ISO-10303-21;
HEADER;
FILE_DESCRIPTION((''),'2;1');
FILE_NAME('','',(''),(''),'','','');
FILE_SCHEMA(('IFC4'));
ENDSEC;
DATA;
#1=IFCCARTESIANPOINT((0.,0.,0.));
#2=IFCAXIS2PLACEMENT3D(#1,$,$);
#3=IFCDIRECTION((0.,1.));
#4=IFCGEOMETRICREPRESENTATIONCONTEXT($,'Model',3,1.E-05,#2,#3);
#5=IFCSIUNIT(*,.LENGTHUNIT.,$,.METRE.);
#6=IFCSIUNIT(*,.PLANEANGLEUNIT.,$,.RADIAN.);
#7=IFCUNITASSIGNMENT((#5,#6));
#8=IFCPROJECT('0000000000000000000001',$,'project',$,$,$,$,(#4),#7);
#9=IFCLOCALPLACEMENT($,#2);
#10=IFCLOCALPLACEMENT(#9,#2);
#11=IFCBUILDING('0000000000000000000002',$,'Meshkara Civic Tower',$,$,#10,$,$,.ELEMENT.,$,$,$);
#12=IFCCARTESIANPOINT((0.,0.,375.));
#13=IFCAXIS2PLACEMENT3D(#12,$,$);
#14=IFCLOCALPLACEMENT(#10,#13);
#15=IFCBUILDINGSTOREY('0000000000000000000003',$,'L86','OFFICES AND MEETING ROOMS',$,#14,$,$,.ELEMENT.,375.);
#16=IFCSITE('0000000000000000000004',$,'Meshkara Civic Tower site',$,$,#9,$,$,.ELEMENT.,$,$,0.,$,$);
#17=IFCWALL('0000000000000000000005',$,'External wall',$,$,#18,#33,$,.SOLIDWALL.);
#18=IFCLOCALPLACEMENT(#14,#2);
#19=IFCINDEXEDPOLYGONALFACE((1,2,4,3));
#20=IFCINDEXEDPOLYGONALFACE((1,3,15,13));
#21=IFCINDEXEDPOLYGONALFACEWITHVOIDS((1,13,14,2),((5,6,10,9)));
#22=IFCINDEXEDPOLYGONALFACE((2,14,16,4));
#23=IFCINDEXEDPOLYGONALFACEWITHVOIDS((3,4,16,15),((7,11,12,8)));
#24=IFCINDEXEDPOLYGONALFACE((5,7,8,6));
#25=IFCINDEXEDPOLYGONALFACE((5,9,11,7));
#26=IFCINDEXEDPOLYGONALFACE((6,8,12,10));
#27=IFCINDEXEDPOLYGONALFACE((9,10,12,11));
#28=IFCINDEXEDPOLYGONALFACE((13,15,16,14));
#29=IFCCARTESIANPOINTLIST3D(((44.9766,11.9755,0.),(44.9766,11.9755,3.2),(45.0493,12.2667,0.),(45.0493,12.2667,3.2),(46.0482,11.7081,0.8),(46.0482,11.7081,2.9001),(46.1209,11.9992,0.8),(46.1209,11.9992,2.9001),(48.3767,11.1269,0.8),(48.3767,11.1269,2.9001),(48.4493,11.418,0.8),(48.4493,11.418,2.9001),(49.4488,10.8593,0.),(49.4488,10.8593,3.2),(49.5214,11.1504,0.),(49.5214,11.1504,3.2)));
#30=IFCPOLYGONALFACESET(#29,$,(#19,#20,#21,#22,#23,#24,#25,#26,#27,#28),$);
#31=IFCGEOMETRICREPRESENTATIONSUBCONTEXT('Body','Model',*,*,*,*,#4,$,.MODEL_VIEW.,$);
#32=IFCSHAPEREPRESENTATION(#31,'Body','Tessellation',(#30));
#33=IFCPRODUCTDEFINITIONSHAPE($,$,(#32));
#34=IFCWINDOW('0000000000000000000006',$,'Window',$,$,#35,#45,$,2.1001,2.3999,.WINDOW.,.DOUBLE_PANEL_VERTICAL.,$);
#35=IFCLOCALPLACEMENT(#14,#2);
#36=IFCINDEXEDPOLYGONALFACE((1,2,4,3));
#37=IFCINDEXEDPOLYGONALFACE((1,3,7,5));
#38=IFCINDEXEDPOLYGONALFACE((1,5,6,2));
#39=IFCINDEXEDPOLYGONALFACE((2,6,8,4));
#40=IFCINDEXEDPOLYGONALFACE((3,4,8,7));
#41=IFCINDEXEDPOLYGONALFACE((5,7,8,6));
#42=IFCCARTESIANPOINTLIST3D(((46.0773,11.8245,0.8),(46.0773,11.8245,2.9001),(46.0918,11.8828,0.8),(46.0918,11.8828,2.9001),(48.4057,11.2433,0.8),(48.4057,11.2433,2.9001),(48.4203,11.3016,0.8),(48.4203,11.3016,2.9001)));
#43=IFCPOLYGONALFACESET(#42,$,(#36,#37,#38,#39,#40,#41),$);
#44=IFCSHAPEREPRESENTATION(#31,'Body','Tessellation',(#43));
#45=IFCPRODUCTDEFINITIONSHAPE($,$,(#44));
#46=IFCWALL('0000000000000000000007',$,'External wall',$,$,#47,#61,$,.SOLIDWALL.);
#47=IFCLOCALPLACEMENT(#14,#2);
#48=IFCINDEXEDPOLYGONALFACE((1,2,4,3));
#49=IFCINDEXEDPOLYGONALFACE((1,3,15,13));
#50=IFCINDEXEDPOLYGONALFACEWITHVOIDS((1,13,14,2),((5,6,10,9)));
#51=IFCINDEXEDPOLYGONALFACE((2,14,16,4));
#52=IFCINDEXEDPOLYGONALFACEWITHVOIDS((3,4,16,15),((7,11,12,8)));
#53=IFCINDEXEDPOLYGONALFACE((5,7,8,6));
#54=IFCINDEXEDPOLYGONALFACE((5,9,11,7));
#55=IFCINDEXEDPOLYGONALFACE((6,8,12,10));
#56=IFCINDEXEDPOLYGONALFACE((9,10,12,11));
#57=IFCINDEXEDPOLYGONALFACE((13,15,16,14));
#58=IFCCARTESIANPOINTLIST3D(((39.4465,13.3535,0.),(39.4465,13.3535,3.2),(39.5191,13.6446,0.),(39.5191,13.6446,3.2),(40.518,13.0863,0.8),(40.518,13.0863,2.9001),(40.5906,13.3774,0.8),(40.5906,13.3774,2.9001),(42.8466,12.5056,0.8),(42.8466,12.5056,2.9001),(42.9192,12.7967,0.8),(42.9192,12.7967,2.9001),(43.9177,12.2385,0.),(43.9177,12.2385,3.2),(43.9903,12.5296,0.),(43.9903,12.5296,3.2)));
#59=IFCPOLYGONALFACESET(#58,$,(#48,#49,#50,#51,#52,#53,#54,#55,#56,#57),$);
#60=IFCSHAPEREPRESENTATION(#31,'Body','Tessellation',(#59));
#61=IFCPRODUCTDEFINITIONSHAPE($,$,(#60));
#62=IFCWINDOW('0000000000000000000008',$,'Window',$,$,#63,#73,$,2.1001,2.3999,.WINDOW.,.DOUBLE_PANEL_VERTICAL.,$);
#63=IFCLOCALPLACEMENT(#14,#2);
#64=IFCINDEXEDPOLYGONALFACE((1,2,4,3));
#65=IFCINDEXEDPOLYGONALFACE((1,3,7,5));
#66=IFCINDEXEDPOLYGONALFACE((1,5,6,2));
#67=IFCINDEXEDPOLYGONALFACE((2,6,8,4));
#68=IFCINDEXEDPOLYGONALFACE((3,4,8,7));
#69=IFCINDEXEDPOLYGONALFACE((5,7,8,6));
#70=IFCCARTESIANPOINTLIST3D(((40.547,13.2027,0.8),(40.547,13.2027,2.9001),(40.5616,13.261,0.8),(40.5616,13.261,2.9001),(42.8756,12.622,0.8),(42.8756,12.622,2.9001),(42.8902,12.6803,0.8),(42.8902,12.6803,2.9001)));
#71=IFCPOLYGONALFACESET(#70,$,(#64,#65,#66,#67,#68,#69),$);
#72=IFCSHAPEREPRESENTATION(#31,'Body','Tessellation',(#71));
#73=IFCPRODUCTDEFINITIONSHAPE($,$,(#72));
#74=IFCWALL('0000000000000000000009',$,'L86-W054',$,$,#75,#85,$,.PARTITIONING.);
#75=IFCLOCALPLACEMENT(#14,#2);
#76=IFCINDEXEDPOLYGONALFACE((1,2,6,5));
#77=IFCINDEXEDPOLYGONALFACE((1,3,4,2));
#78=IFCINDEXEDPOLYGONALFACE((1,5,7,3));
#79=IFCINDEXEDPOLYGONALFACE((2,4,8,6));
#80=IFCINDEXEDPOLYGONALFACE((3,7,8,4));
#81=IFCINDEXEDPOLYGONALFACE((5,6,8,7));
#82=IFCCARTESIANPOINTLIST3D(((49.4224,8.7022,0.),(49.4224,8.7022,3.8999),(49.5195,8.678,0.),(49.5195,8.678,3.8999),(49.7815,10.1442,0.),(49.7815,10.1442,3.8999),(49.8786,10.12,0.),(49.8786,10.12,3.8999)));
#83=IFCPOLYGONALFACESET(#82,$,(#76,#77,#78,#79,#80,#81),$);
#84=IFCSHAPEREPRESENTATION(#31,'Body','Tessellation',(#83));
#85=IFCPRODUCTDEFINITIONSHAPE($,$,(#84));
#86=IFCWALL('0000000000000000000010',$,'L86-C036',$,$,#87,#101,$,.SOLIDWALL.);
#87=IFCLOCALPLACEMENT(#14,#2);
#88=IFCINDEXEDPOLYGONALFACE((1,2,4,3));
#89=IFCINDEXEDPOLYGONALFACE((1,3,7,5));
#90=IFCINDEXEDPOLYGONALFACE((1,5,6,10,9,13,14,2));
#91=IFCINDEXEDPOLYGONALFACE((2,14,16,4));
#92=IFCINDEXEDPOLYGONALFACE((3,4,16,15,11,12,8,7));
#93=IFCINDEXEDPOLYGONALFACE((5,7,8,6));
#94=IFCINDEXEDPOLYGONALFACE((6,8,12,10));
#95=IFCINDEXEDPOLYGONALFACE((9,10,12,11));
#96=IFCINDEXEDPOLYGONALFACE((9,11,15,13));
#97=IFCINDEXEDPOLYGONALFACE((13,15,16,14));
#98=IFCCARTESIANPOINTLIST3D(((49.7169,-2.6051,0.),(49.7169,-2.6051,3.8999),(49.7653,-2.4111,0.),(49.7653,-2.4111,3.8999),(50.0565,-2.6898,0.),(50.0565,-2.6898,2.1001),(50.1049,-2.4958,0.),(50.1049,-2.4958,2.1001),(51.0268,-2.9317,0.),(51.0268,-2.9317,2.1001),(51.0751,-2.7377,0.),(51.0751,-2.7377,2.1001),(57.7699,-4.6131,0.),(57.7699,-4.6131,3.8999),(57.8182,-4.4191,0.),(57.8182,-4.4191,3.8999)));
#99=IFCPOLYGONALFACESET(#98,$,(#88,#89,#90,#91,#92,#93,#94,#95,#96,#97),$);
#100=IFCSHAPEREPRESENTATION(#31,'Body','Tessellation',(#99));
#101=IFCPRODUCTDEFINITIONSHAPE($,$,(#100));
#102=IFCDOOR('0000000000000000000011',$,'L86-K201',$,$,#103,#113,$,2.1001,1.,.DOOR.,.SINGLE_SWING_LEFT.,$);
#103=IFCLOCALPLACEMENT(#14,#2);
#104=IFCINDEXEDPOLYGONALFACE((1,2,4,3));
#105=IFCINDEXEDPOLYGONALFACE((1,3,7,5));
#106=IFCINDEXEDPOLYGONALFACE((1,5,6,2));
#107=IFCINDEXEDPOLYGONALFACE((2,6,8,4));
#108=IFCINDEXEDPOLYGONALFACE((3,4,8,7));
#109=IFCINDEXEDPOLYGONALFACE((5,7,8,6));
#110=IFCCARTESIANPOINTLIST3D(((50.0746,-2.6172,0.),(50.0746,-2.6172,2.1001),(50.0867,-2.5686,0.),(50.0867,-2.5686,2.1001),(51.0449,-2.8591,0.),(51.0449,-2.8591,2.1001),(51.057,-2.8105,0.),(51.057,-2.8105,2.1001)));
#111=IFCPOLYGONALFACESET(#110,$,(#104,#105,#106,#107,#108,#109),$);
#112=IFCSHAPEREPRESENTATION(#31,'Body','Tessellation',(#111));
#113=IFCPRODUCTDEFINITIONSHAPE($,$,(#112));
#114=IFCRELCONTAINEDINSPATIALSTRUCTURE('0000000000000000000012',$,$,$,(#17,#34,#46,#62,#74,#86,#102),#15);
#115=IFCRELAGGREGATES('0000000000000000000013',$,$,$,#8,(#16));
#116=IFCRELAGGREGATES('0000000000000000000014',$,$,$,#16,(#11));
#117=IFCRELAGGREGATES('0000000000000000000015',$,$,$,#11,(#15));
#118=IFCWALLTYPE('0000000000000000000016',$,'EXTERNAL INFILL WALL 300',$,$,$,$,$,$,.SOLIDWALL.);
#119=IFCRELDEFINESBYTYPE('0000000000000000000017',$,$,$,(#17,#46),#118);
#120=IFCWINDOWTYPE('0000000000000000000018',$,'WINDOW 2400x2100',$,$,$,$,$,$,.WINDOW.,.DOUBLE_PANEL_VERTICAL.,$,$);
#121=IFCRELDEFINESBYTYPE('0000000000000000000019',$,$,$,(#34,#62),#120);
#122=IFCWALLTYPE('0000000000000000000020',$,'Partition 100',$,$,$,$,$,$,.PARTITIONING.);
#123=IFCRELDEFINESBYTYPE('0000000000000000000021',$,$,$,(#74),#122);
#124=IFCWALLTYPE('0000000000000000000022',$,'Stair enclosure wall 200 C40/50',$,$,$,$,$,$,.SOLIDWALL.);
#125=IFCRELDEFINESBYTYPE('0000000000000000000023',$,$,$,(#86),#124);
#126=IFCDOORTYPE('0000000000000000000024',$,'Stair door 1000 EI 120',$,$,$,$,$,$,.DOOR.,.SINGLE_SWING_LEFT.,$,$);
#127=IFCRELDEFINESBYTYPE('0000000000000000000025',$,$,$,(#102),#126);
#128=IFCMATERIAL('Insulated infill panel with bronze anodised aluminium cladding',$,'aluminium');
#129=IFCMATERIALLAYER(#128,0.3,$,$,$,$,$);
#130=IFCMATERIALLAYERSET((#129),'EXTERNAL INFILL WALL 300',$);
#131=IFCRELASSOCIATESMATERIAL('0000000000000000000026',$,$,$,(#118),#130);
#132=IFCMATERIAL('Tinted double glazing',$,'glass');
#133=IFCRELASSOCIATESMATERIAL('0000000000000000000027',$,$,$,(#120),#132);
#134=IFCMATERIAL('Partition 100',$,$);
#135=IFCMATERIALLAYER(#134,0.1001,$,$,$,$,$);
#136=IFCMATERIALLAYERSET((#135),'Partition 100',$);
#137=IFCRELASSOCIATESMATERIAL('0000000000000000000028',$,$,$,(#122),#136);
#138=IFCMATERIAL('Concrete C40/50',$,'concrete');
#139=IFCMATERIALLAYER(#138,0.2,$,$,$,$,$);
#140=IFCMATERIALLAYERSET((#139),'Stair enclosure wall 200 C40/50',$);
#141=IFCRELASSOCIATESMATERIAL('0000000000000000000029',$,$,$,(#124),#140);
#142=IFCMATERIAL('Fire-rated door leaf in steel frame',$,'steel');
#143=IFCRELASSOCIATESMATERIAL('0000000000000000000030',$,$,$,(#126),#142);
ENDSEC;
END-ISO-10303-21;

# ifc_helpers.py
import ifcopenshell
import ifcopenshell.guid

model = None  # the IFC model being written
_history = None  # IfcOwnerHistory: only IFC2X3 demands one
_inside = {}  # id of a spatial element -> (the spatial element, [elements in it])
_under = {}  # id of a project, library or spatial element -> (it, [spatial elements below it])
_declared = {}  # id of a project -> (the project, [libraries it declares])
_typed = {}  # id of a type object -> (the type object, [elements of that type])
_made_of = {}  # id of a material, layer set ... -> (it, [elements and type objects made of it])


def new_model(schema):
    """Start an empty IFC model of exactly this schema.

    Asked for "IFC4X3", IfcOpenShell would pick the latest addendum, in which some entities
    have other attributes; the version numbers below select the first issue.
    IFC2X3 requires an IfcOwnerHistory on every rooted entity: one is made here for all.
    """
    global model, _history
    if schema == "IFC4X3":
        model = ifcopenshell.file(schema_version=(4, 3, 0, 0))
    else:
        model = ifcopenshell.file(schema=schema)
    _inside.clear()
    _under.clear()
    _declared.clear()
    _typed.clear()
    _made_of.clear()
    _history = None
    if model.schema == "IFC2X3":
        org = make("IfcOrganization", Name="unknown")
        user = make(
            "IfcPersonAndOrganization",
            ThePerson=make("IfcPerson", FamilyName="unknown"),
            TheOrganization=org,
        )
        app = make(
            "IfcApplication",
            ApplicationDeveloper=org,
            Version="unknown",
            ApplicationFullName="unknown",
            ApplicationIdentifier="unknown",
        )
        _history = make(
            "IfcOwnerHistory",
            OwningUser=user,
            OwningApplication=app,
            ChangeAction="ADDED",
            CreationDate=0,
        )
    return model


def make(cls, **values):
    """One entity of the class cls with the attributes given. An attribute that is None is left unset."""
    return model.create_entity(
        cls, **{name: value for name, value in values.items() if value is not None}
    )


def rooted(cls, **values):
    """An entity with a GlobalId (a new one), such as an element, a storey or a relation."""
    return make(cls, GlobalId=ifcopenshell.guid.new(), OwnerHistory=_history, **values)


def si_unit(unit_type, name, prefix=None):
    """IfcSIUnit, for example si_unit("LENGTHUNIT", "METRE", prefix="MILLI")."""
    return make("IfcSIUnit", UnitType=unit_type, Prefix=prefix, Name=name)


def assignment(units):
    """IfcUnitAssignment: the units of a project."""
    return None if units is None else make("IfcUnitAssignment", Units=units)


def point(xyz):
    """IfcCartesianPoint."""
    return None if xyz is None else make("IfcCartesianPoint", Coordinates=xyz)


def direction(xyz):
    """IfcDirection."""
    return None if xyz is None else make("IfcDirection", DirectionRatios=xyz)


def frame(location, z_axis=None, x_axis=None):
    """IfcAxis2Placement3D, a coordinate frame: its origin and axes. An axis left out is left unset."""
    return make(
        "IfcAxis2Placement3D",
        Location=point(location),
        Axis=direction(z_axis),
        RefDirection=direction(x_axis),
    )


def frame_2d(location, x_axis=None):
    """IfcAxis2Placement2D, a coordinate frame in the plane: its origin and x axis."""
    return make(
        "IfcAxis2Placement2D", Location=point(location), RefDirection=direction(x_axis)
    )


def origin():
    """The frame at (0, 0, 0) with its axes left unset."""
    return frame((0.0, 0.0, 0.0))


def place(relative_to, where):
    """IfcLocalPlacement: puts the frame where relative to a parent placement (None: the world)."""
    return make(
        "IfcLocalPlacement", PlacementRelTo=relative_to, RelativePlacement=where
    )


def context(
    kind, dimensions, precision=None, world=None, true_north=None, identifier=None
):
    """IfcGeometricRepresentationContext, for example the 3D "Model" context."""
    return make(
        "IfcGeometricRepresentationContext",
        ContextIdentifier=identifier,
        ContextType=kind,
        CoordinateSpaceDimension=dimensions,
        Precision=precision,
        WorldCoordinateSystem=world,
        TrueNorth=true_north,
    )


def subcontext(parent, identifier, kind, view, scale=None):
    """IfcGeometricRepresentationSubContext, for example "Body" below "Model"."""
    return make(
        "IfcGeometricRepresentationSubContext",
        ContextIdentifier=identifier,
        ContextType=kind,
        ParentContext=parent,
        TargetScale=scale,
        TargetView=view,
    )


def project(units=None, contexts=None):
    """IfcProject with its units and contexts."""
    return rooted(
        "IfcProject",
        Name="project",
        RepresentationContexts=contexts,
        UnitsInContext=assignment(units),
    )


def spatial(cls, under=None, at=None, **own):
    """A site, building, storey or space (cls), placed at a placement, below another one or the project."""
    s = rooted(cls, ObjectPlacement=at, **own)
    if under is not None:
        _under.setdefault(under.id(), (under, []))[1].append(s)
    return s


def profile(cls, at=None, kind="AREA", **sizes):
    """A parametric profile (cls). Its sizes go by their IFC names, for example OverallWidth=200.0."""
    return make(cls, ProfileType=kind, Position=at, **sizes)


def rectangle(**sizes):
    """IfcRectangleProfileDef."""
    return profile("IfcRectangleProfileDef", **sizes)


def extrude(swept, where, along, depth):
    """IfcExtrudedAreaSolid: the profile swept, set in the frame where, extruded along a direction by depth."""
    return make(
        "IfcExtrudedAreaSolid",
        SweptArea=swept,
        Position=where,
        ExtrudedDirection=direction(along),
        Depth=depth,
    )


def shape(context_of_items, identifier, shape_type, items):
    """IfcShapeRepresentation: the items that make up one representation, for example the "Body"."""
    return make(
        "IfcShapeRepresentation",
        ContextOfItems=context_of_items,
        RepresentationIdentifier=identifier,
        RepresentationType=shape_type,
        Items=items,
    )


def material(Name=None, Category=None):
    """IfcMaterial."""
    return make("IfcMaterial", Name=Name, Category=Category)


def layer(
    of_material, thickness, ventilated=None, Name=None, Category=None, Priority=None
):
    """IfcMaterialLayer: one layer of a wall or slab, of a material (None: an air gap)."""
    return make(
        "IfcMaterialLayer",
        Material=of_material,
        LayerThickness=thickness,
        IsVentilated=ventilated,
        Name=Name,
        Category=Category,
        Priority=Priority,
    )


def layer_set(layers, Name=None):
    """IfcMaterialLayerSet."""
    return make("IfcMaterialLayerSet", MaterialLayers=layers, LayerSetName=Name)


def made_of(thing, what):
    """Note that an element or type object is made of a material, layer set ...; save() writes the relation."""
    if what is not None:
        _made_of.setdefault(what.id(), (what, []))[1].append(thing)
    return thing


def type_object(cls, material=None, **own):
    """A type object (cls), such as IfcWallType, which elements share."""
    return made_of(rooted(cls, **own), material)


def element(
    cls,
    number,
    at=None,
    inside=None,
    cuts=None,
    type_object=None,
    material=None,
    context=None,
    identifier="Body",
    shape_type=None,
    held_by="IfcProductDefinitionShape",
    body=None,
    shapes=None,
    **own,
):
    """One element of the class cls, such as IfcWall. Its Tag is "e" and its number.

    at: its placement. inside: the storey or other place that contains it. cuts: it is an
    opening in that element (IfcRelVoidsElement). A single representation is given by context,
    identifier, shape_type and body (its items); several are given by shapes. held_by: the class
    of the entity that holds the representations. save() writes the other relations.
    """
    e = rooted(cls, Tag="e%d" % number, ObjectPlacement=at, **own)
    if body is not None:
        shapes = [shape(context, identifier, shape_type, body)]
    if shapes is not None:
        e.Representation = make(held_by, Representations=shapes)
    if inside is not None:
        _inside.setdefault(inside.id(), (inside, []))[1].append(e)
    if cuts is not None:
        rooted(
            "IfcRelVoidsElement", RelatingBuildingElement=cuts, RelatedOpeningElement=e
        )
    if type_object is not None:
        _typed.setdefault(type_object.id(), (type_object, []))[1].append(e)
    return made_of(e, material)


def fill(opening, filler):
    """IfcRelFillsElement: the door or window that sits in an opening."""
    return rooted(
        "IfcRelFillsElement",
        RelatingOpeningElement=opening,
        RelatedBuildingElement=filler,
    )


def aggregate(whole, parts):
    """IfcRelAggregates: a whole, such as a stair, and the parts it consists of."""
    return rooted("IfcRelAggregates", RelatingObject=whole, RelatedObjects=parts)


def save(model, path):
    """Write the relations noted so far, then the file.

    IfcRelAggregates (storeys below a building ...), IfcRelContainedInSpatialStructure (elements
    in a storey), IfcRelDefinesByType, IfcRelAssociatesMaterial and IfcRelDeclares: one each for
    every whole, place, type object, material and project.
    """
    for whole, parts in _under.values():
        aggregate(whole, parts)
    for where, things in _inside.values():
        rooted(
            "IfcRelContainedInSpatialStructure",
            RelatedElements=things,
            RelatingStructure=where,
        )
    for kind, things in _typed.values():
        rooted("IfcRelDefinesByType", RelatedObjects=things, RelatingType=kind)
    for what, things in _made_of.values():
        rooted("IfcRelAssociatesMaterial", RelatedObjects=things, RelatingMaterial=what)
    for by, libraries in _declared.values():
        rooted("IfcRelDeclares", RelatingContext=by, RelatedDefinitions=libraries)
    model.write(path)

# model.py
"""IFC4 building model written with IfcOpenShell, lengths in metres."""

from ifc_helpers import new_model, si_unit, direction, frame, frame_2d, origin, place, context, subcontext, project, spatial, rectangle, extrude, material, layer, layer_set, type_object, element, fill, save


model = new_model("IFC4")

# Units and contexts
model_context = context("Model", 3, precision=1e-05, world=origin(), true_north=direction((0.0, 1.0)))
body_context = subcontext(model_context, "Body", "Model", "MODEL_VIEW")
ifc_project = project(units=[si_unit("LENGTHUNIT", "METRE"), si_unit("PLANEANGLEUNIT", "RADIAN")], contexts=[model_context])

# Site, building, storey
site_placement = place(None, origin())
site = spatial("IfcSite", under=ifc_project, at=site_placement, Name="Meshkara Civic Tower site", CompositionType="ELEMENT", RefElevation=0.0)
building_placement = place(site_placement, origin())
building = spatial("IfcBuilding", under=site, at=building_placement, Name="Meshkara Civic Tower", CompositionType="ELEMENT")
storey_placement = place(building_placement, frame((0.0, 0.0, 375.0)))
storey = spatial("IfcBuildingStorey", under=building, at=storey_placement, Name="L86", Description="OFFICES AND MEETING ROOMS", CompositionType="ELEMENT", Elevation=375.0)

# Walls, openings, windows
ifc_material_1 = material(Name="Insulated infill panel with bronze anodised aluminium cladding", Category="aluminium")
ifc_layer_1 = layer(ifc_material_1, 0.3)
ifc_layer_set_1 = layer_set([ifc_layer_1], Name="EXTERNAL INFILL WALL 300")
wall_type_1 = type_object("IfcWallType", Name="EXTERNAL INFILL WALL 300", PredefinedType="SOLIDWALL", material=ifc_layer_set_1)
wall_1_placement = place(storey_placement, frame((49.4851, 11.0049, 0.0), z_axis=(0.0, 0.0, 1.0), x_axis=(-0.970236, 0.242162, 0.0)))
wall_1 = element("IfcWall", 1, at=wall_1_placement, inside=storey, type_object=wall_type_1, Name="External wall", PredefinedType="SOLIDWALL", context=body_context, shape_type="SweptSolid", body=[
    extrude(rectangle(XDim=4.6094, YDim=0.3, at=frame_2d((2.3047, 0.0))), origin(), (0.0, 0.0, 1.0), 3.2),
])
opening_1_placement = place(wall_1_placement, frame((1.105, 0.0, 0.8)))
opening_1 = element("IfcOpeningElement", 2, at=opening_1_placement, cuts=wall_1, PredefinedType="OPENING", context=body_context, shape_type="SweptSolid", body=[
    extrude(rectangle(XDim=2.3999, YDim=2.1001, at=frame_2d((1.2, 1.05))), frame((0.0, 0.1599, 0.0), z_axis=(0.0, -1.0, 0.0), x_axis=(1.0, 0.0, 0.0)), (0.0, 0.0, 1.0), 0.3201),
])
ifc_material_2 = material(Name="Tinted double glazing", Category="glass")
window_type = type_object("IfcWindowType", Name="WINDOW 2400x2100", PartitioningType="DOUBLE_PANEL_VERTICAL", PredefinedType="WINDOW", material=ifc_material_2)
window_1_placement = place(opening_1_placement, origin())
window_1 = element("IfcWindow", 3, at=window_1_placement, inside=storey, type_object=window_type, Name="Window", OverallHeight=2.1001, OverallWidth=2.3999, PartitioningType="DOUBLE_PANEL_VERTICAL", PredefinedType="WINDOW", context=body_context, shape_type="SweptSolid", body=[
    extrude(rectangle(XDim=2.3999, YDim=2.1001, at=frame_2d((1.2, 1.05))), frame((0.0, 0.03, 0.0), z_axis=(0.0, -1.0, 0.0), x_axis=(1.0, 0.0, 0.0)), (0.0, 0.0, 1.0), 0.0601),
])
fill(opening_1, window_1)
wall_2_placement = place(storey_placement, frame((43.9541, 12.384, 0.0), z_axis=(0.0, 0.0, 1.0), x_axis=(-0.970286, 0.241962, 0.0)))
wall_2 = element("IfcWall", 4, at=wall_2_placement, inside=storey, type_object=wall_type_1, Name="External wall", PredefinedType="SOLIDWALL", context=body_context, shape_type="SweptSolid", body=[
    extrude(rectangle(XDim=4.6082, YDim=0.3, at=frame_2d((2.3042, 0.0))), origin(), (0.0, 0.0, 1.0), 3.2),
])
opening_2_placement = place(wall_2_placement, frame((1.104, 0.0, 0.8)))
opening_2 = element("IfcOpeningElement", 5, at=opening_2_placement, cuts=wall_2, PredefinedType="OPENING", context=body_context, shape_type="SweptSolid", body=[
    extrude(rectangle(XDim=2.3999, YDim=2.1001, at=frame_2d((1.2, 1.05))), frame((0.0, 0.1599, 0.0), z_axis=(0.0, -1.0, 0.0), x_axis=(1.0, 0.0, 0.0)), (0.0, 0.0, 1.0), 0.3201),
])
window_2_placement = place(opening_2_placement, origin())
window_2 = element("IfcWindow", 6, at=window_2_placement, inside=storey, type_object=window_type, Name="Window", OverallHeight=2.1001, OverallWidth=2.3999, PartitioningType="DOUBLE_PANEL_VERTICAL", PredefinedType="WINDOW", context=body_context, shape_type="SweptSolid", body=[
    extrude(rectangle(XDim=2.3999, YDim=2.1001, at=frame_2d((1.2, 1.05))), frame((0.0, 0.03, 0.0), z_axis=(0.0, -1.0, 0.0), x_axis=(1.0, 0.0, 0.0)), (0.0, 0.0, 1.0), 0.0601),
])
fill(opening_2, window_2)

# Wall
ifc_material_3 = material(Name="Partition 100")
ifc_layer_2 = layer(ifc_material_3, 0.1001)
ifc_layer_set_2 = layer_set([ifc_layer_2], Name="Partition 100")
wall_type_2 = type_object("IfcWallType", Name="Partition 100", PredefinedType="PARTITIONING", material=ifc_layer_set_2)
wall_3_placement = place(storey_placement, frame((49.4709, 8.6899, 0.0), z_axis=(0.0, 0.0, 1.0), x_axis=(0.241647, 0.970364, 0.0)))
element("IfcWall", 7, at=wall_3_placement, inside=storey, type_object=wall_type_2, Name="L86-W054", PredefinedType="PARTITIONING", context=body_context, shape_type="SweptSolid", body=[
    extrude(rectangle(XDim=1.4861, YDim=0.1001, at=frame_2d((0.7432, 0.0))), origin(), (0.0, 0.0, 1.0), 3.8999),
])

# Wall, opening, door
ifc_material_4 = material(Name="Concrete C40/50", Category="concrete")
ifc_layer_3 = layer(ifc_material_4, 0.2)
ifc_layer_set_3 = layer_set([ifc_layer_3], Name="Stair enclosure wall 200 C40/50")
wall_type_3 = type_object("IfcWallType", Name="Stair enclosure wall 200 C40/50", PredefinedType="SOLIDWALL", material=ifc_layer_set_3)
wall_4_placement = place(storey_placement, frame((49.741, -2.5081, 0.0), z_axis=(0.0, 0.0, 1.0), x_axis=(0.970289, -0.241947, 0.0)))
wall_4 = element("IfcWall", 8, at=wall_4_placement, inside=storey, type_object=wall_type_3, Name="L86-C036", PredefinedType="SOLIDWALL", context=body_context, shape_type="SweptSolid", body=[
    extrude(rectangle(XDim=8.2996, YDim=0.2, at=frame_2d((4.1499, 0.0))), origin(), (0.0, 0.0, 1.0), 3.8999),
])
opening_3_placement = place(wall_4_placement, frame((0.3501, 0.0, 0.0)))
opening_3 = element("IfcOpeningElement", 9, at=opening_3_placement, cuts=wall_4, PredefinedType="OPENING", context=body_context, shape_type="SweptSolid", body=[
    extrude(rectangle(XDim=1.0, YDim=2.1001, at=frame_2d((0.5, 1.05))), frame((0.0, 0.1099, 0.0), z_axis=(0.0, -1.0, 0.0), x_axis=(1.0, 0.0, 0.0)), (0.0, 0.0, 1.0), 0.22),
])
ifc_material_5 = material(Name="Fire-rated door leaf in steel frame", Category="steel")
door_type_1 = type_object("IfcDoorType", Name="Stair door 1000 EI 120", OperationType="SINGLE_SWING_LEFT", PredefinedType="DOOR", material=ifc_material_5)
door_1_placement = place(opening_3_placement, origin())
door_1 = element("IfcDoor", 10, at=door_1_placement, inside=storey, type_object=door_type_1, Name="L86-K201", OperationType="SINGLE_SWING_LEFT", OverallHeight=2.1001, OverallWidth=1.0, PredefinedType="DOOR", context=body_context, shape_type="SweptSolid", body=[
    extrude(rectangle(XDim=1.0, YDim=2.1001, at=frame_2d((0.5, 1.05))), frame((0.0, 0.0249, 0.0), z_axis=(0.0, -1.0, 0.0), x_axis=(1.0, 0.0, 0.0)), (0.0, 0.0, 1.0), 0.05),
])
fill(opening_3, door_1)

save(model, "model.ifc")
